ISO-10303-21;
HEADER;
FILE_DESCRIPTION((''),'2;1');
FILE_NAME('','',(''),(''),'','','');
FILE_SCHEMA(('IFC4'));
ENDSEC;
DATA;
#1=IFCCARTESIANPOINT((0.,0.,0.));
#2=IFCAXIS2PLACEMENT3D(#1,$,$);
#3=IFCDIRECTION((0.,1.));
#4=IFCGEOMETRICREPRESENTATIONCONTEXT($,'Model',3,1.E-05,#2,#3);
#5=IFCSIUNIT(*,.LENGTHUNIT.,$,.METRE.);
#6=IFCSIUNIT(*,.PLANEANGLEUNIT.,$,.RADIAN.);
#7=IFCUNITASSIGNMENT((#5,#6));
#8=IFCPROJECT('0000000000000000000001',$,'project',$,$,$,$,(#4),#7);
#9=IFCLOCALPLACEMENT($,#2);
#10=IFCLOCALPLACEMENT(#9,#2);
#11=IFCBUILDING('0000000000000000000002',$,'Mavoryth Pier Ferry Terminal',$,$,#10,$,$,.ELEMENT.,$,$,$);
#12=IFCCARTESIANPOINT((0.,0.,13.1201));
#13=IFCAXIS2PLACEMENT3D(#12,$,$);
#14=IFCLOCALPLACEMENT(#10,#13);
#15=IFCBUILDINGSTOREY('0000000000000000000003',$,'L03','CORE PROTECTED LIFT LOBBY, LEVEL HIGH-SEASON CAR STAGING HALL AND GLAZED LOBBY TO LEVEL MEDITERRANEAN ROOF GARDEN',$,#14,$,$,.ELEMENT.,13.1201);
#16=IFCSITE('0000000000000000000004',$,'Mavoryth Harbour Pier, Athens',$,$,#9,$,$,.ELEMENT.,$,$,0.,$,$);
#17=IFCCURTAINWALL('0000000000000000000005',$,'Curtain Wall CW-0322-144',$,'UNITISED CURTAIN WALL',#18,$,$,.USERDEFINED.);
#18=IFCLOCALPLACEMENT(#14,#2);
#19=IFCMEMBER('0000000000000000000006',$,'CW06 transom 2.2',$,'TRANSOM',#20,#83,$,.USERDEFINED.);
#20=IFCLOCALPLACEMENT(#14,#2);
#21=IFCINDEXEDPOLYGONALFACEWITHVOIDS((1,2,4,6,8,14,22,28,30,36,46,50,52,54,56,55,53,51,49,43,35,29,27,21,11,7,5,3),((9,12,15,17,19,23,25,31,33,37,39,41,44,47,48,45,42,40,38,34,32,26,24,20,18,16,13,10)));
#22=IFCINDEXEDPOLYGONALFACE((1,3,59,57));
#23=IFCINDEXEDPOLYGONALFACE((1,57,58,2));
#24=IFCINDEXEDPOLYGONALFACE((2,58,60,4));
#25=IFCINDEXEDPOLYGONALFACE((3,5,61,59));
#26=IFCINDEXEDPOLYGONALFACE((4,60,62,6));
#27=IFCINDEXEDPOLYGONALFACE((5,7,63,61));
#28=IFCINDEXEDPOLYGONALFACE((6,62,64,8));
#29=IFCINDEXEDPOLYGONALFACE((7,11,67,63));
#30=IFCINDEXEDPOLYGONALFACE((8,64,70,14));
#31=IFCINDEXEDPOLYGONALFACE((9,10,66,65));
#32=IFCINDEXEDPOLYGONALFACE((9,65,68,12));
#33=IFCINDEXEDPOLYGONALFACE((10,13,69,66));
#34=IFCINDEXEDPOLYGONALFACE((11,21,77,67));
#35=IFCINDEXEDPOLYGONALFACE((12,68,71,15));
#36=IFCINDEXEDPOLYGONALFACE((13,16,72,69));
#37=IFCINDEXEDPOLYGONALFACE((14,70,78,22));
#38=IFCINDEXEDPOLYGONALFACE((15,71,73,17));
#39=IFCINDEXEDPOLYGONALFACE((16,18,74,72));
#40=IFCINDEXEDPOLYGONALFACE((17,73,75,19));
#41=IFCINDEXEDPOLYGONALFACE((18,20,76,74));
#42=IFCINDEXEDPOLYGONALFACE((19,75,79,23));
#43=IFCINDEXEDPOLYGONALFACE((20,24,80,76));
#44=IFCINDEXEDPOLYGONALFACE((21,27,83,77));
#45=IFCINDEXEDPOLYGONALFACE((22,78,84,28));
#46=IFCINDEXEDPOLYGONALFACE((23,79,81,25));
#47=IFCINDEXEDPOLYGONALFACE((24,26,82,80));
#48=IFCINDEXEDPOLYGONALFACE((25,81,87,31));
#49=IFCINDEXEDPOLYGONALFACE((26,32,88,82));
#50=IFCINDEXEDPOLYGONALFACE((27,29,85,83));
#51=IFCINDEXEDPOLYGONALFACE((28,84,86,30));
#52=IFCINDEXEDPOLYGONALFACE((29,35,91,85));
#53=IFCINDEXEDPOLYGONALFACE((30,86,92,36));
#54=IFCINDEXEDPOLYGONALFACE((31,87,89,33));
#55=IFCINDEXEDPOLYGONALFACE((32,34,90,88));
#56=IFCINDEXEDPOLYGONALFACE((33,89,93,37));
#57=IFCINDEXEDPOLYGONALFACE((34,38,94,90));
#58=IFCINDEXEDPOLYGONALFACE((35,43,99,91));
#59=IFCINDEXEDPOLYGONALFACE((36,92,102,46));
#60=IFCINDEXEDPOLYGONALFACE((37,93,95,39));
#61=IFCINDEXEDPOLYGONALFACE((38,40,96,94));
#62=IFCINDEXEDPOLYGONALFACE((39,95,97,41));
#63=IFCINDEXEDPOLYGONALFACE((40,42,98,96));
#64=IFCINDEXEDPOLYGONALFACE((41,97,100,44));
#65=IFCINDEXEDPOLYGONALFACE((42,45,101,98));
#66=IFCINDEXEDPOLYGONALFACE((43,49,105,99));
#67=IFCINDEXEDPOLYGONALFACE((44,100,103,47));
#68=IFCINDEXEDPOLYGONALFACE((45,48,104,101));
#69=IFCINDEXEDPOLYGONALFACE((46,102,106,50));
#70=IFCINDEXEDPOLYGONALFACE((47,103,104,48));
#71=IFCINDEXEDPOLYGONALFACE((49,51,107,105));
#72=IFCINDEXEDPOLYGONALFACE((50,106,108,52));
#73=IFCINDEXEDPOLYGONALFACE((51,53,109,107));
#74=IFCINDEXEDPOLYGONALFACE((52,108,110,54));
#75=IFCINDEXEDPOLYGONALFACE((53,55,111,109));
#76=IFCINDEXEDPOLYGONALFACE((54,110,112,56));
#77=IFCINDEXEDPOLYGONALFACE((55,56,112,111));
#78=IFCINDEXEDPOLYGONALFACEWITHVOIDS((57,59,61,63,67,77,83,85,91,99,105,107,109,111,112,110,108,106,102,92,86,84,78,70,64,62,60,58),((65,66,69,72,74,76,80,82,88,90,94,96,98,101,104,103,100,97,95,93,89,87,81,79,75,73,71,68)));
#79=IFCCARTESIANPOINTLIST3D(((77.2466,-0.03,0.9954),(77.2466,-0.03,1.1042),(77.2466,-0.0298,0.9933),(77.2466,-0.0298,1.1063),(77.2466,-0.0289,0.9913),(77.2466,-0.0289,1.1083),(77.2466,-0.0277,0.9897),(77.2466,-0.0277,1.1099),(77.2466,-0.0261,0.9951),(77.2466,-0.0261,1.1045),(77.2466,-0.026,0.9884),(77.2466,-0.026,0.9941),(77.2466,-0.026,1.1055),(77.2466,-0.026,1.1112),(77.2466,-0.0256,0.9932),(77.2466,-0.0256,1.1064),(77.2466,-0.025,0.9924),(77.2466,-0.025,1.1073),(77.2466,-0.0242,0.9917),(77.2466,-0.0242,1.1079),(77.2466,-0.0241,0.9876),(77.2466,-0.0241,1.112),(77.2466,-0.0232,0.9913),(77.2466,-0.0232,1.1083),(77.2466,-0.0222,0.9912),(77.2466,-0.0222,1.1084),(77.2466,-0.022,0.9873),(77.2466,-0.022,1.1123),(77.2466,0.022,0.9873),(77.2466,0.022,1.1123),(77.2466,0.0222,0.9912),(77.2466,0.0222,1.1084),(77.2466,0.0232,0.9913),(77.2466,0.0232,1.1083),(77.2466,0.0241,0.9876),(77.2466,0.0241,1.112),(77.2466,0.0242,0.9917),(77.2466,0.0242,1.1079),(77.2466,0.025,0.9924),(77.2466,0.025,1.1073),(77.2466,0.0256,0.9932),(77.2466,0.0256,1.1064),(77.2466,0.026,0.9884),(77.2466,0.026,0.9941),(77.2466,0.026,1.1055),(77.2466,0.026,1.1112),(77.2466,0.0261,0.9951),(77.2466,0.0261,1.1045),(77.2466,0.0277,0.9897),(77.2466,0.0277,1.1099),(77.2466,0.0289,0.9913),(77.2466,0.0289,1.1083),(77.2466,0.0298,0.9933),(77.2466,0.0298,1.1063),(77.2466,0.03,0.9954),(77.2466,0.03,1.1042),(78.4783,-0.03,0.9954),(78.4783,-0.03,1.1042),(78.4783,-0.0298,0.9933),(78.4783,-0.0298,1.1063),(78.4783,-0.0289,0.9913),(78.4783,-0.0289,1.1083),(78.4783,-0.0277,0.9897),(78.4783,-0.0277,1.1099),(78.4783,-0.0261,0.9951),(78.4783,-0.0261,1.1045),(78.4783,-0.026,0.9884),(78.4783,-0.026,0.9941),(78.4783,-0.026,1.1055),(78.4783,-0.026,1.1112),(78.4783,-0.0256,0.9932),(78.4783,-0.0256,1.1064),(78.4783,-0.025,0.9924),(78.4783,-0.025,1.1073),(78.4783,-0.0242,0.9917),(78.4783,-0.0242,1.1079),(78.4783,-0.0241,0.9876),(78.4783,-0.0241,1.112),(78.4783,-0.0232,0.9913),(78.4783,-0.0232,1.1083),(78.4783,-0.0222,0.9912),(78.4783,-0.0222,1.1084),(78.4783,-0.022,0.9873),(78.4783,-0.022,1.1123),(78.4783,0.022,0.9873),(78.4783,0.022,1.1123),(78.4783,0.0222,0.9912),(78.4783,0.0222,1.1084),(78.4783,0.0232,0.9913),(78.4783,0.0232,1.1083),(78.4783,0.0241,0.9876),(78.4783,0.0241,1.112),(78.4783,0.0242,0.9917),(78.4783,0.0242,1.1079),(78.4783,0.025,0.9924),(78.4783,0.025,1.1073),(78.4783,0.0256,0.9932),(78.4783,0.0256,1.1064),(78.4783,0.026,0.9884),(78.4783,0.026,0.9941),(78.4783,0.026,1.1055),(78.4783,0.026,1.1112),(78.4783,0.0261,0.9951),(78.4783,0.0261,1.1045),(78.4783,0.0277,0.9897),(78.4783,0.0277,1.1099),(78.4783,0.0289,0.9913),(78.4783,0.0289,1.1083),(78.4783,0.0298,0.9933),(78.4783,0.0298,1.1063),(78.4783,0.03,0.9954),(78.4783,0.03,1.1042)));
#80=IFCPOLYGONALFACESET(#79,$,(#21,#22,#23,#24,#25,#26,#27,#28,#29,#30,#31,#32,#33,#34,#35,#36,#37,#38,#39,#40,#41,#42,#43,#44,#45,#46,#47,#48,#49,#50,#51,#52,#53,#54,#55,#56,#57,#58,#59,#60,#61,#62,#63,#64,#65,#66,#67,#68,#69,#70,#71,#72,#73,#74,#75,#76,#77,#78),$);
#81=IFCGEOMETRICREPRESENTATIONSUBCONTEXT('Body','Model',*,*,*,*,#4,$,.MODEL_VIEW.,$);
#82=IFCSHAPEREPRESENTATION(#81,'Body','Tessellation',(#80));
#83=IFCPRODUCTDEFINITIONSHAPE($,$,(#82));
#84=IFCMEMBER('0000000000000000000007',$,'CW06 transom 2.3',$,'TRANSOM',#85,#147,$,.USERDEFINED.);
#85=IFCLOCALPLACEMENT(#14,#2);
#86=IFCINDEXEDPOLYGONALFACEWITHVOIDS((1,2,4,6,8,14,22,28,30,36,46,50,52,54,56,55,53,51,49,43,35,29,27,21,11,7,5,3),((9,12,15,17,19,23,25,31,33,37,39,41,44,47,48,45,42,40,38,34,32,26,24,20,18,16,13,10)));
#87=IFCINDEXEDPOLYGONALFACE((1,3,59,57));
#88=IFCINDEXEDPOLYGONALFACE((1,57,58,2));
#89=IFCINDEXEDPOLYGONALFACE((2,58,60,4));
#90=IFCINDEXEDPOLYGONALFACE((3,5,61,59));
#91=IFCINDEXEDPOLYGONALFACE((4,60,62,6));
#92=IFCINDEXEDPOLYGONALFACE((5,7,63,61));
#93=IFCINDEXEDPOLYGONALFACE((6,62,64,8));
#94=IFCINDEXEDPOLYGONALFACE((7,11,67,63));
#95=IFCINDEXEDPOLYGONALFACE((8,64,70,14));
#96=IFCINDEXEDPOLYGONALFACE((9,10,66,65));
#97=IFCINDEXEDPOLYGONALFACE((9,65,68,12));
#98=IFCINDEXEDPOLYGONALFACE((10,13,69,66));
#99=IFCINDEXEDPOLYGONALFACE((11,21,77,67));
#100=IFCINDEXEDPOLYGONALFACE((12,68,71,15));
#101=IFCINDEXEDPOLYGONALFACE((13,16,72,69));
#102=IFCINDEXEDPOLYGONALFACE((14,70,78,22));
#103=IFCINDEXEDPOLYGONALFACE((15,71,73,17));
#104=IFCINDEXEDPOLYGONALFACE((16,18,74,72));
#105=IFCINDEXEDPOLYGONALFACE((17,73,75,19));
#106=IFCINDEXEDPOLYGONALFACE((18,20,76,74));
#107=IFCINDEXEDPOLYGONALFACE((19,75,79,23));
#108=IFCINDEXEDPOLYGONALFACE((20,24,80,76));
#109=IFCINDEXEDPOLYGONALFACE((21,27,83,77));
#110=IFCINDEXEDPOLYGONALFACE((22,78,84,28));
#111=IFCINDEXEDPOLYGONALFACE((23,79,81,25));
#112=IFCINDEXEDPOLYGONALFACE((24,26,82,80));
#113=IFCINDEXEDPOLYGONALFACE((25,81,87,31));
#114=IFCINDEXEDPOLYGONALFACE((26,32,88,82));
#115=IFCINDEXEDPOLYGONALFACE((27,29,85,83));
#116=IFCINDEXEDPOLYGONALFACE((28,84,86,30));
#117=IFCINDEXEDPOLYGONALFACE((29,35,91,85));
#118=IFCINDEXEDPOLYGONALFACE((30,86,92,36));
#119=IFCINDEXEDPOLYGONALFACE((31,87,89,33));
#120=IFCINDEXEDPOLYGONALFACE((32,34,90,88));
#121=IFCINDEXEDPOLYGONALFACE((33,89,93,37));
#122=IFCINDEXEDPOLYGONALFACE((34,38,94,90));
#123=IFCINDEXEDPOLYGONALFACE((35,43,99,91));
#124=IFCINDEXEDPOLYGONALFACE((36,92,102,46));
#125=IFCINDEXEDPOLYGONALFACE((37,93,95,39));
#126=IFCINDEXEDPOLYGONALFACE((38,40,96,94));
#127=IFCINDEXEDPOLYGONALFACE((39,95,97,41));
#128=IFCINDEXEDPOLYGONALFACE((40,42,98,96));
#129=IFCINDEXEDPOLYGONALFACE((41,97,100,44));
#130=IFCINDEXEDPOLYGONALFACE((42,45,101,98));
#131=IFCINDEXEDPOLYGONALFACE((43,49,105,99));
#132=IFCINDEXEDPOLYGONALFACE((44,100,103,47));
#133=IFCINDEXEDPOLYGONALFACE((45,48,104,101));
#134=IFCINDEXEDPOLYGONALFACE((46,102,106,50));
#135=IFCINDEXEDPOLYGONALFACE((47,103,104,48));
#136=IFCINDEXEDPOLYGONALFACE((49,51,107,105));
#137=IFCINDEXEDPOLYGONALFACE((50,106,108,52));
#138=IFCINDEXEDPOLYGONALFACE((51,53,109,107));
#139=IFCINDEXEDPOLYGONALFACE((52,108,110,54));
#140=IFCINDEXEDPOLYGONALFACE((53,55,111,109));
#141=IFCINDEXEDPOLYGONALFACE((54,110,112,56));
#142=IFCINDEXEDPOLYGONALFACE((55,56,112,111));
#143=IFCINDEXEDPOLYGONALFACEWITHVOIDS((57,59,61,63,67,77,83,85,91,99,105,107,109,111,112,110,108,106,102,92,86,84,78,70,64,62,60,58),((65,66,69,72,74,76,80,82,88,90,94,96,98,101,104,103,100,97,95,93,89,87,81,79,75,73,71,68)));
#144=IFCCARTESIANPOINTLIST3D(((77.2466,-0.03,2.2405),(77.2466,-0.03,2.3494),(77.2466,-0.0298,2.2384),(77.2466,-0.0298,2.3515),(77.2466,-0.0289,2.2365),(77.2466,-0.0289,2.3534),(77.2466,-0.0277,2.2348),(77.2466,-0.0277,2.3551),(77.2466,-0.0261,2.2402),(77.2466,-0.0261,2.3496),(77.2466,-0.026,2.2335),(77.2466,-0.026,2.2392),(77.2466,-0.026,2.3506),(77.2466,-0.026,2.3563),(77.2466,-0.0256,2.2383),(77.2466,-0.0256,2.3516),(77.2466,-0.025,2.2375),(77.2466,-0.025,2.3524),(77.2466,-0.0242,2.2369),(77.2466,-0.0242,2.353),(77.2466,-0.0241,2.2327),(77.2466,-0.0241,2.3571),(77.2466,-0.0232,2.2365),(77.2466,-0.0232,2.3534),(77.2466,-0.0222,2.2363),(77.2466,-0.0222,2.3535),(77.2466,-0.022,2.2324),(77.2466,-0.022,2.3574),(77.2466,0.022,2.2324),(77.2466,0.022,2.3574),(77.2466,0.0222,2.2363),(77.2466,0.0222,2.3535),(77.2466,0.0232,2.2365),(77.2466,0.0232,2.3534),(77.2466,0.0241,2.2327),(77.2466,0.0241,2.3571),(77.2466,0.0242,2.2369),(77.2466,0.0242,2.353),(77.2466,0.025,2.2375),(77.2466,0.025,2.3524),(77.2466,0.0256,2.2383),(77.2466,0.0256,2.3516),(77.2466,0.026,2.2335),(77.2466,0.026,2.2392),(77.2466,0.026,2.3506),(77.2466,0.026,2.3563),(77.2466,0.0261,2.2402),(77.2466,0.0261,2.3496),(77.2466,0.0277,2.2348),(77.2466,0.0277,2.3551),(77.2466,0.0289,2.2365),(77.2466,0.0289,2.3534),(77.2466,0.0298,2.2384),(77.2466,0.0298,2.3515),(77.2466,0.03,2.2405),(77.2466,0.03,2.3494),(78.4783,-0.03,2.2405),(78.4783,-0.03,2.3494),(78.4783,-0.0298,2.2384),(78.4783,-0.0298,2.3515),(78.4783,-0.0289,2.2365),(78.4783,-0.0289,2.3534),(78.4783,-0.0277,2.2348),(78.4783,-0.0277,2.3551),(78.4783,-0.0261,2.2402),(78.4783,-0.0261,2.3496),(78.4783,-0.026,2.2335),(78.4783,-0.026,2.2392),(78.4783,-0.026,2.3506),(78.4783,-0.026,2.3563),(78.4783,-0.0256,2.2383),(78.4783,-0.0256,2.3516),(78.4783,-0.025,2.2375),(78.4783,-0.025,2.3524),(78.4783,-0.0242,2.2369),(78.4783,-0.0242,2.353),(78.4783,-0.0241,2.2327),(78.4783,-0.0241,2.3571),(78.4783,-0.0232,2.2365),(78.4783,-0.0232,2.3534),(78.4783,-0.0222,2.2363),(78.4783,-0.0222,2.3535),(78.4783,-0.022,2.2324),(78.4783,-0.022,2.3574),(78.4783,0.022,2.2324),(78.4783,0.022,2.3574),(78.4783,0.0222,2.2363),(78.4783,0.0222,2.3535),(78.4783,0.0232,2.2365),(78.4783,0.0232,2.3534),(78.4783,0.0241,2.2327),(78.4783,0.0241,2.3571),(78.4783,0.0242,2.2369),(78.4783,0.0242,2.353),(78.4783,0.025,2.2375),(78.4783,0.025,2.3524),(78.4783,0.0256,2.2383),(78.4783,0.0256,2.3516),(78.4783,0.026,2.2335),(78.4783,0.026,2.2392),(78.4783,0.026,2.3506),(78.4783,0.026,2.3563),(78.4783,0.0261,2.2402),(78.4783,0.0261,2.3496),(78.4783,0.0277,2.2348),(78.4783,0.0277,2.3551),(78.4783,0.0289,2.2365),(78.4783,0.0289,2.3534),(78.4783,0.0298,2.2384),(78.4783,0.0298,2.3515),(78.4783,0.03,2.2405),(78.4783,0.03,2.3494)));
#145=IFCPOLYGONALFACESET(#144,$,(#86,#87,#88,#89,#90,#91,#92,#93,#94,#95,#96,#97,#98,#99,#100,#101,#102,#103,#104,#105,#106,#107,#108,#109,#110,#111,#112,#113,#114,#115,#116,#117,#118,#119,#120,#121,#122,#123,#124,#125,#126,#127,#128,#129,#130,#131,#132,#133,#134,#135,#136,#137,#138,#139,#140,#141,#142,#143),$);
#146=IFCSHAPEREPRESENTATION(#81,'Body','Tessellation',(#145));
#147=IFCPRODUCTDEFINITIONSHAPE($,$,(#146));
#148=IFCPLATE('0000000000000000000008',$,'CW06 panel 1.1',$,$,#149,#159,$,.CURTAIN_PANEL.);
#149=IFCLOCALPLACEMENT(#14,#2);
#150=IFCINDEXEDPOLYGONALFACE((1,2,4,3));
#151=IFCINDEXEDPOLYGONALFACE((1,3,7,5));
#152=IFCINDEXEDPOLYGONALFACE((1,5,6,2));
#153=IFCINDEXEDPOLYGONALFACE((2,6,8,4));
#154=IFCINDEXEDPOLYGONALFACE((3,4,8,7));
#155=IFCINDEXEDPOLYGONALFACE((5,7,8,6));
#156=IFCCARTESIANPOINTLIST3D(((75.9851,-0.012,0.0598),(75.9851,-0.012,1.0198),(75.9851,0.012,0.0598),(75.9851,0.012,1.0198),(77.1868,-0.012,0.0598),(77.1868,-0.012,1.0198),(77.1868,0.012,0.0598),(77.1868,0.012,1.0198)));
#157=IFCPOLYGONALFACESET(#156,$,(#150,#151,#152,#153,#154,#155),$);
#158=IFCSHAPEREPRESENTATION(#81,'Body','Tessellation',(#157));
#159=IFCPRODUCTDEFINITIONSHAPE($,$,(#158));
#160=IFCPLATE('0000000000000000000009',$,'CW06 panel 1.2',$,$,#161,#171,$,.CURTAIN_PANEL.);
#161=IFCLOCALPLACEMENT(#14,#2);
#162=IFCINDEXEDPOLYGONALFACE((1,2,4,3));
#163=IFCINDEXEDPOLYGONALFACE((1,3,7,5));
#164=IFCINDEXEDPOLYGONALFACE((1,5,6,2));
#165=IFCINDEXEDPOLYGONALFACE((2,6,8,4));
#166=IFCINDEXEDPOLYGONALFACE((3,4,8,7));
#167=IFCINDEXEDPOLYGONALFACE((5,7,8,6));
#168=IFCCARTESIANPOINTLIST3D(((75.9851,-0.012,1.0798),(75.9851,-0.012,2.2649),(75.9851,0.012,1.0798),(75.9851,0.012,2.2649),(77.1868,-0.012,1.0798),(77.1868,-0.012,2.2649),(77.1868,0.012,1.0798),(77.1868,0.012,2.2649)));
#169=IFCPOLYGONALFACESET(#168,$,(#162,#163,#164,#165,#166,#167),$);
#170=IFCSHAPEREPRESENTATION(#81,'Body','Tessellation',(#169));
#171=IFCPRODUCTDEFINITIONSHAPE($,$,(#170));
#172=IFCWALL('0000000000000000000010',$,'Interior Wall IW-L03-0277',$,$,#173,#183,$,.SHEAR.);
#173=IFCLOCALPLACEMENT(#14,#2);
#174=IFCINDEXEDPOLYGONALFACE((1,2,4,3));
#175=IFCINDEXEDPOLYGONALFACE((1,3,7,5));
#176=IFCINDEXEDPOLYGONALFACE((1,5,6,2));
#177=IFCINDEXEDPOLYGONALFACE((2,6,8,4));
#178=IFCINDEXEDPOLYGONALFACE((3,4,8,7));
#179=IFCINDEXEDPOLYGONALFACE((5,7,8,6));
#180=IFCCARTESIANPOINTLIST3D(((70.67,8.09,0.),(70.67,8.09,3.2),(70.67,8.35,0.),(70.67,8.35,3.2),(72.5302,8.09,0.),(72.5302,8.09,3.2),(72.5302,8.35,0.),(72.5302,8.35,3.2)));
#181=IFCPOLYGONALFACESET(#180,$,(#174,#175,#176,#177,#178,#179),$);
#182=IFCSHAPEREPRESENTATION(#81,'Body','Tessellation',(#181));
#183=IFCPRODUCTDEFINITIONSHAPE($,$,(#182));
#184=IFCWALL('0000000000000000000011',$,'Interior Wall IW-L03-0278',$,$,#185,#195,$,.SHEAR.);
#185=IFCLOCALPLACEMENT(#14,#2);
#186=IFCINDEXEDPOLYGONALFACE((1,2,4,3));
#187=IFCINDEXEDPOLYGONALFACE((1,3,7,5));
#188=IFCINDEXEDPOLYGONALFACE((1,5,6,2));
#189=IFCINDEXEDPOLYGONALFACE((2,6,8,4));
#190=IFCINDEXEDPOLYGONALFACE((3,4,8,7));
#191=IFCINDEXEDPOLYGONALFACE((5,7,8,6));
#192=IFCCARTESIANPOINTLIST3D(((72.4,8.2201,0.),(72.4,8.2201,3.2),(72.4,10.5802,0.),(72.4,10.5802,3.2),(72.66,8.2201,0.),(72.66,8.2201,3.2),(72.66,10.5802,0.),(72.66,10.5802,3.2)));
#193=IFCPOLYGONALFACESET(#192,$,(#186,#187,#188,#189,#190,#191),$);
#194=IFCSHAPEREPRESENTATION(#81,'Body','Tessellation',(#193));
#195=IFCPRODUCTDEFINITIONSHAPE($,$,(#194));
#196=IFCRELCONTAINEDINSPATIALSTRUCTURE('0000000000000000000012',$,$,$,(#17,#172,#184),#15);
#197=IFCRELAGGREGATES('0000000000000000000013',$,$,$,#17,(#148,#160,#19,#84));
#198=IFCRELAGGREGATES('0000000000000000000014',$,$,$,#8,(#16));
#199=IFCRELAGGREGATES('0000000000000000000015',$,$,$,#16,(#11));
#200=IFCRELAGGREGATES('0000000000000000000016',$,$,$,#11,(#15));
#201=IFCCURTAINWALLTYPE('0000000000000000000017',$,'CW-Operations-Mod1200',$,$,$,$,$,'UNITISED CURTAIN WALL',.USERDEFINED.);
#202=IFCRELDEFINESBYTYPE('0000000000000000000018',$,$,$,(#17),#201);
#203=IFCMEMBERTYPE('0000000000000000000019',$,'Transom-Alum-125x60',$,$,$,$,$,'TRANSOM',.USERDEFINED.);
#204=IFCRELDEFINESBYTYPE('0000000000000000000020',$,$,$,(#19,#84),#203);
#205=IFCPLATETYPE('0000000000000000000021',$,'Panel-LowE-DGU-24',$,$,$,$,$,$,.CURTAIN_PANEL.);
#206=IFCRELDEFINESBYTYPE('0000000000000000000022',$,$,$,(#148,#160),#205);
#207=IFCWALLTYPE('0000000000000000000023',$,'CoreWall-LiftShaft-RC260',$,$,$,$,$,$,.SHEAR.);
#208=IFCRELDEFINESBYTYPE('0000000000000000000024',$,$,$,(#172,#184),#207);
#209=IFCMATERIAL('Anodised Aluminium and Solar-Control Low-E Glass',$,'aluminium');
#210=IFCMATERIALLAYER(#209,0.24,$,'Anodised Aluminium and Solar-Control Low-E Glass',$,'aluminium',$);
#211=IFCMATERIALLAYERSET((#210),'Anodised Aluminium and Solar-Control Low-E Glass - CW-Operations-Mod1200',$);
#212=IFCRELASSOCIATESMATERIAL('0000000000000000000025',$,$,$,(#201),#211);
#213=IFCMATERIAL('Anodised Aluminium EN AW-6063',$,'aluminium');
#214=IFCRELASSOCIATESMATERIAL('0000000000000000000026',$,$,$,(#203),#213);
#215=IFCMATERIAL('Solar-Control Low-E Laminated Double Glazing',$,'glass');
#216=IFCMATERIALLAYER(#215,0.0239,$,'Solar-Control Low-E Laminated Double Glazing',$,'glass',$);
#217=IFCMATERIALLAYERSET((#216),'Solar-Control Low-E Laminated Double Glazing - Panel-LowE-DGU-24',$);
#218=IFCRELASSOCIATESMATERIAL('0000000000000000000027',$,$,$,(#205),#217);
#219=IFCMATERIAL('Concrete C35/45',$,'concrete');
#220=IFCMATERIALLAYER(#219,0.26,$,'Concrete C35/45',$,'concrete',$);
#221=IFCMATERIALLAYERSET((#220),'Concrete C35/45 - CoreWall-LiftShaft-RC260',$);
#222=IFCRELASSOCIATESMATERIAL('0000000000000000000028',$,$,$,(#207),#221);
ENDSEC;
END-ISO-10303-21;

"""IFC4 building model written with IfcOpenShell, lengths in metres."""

from ifc_helpers import new_model, si_unit, direction, frame, frame_2d, origin, origin_2d, place, context, subcontext, project, spatial, rectangle, hollow_rectangle, extrude, material, layer, layer_set, material_profile, profile_set, type_object, element, aggregate, save


model = new_model("IFC4")

# Units and contexts
model_context = context("Model", 3, precision=1e-05, world=origin(), true_north=direction((0.0, 1.0)))
body_context = subcontext(model_context, "Body", "Model", "MODEL_VIEW")
ifc_project = project(units=[si_unit("LENGTHUNIT", "METRE"), si_unit("PLANEANGLEUNIT", "RADIAN")], contexts=[model_context])

# Site, building, storey
site_placement = place(None, origin())
site = spatial("IfcSite", under=ifc_project, at=site_placement, Name="Mavoryth Harbour Pier, Athens", CompositionType="ELEMENT", RefElevation=0.0)
building_placement = place(site_placement, origin())
building = spatial("IfcBuilding", under=site, at=building_placement, Name="Mavoryth Pier Ferry Terminal", CompositionType="ELEMENT")
storey_placement = place(building_placement, frame((0.0, 0.0, 13.1201)))
storey = spatial("IfcBuildingStorey", under=building, at=storey_placement, Name="L03", Description="CORE PROTECTED LIFT LOBBY, LEVEL HIGH-SEASON CAR STAGING HALL AND GLAZED LOBBY TO LEVEL MEDITERRANEAN ROOF GARDEN", CompositionType="ELEMENT", Elevation=13.1201)

# Shared definitions
ifc_material_1 = material(Name="Concrete C35/45", Category="concrete")

# Curtain wall
ifc_material_2 = material(Name="Anodised Aluminium and Solar-Control Low-E Glass", Category="aluminium")
ifc_layer_1 = layer(ifc_material_2, 0.24, Name="Anodised Aluminium and Solar-Control Low-E Glass", Category="aluminium")
ifc_layer_set_1 = layer_set([ifc_layer_1], Name="Anodised Aluminium and Solar-Control Low-E Glass - CW-Operations-Mod1200")
curtain_wall_type = type_object("IfcCurtainWallType", Name="CW-Operations-Mod1200", ElementType="UNITISED CURTAIN WALL", PredefinedType="USERDEFINED", material=ifc_layer_set_1)
curtain_wall_placement = place(storey_placement, origin())
curtain_wall = element("IfcCurtainWall", 1, at=curtain_wall_placement, inside=storey, type_object=curtain_wall_type, Name="Curtain Wall CW-0322-144", ObjectType="UNITISED CURTAIN WALL", PredefinedType="USERDEFINED")
ifc_material_3 = material(Name="Anodised Aluminium EN AW-6063", Category="aluminium")

# Members
ifc_material_profile_1 = material_profile(ifc_material_3, hollow_rectangle(XDim=0.0601, YDim=0.125, WallThickness=0.0039, InnerFilletRadius=0.0039, OuterFilletRadius=0.0081, at=origin_2d()), Name="AL-TRAN 125x60x4", Category="aluminium")
ifc_profile_set_1 = profile_set([ifc_material_profile_1], Name="Anodised Aluminium EN AW-6063 - AL-TRAN 125x60x4")
member_type_1 = type_object("IfcMemberType", Name="Transom-Alum-125x60", ElementType="TRANSOM", PredefinedType="USERDEFINED", material=ifc_profile_set_1)
member_1_placement = place(storey_placement, frame((77.2466, 0.0, 1.0498), z_axis=(1.0, 0.0, 0.0), x_axis=(0.0, 1.0, 0.0)))
member_1 = element("IfcMember", 2, at=member_1_placement, type_object=member_type_1, Name="CW06 transom 2.2", ObjectType="TRANSOM", PredefinedType="USERDEFINED", context=body_context, shape_type="SweptSolid", body=[
    extrude(hollow_rectangle(XDim=0.0601, YDim=0.125, WallThickness=0.0039, InnerFilletRadius=0.0039, OuterFilletRadius=0.0081, at=origin_2d()), origin(), (0.0, 0.0, 1.0), 1.2317),
])
member_2_placement = place(storey_placement, frame((77.2466, 0.0, 2.2949), z_axis=(1.0, 0.0, 0.0), x_axis=(0.0, 1.0, 0.0)))
member_2 = element("IfcMember", 3, at=member_2_placement, type_object=member_type_1, Name="CW06 transom 2.3", ObjectType="TRANSOM", PredefinedType="USERDEFINED", context=body_context, shape_type="SweptSolid", body=[
    extrude(hollow_rectangle(XDim=0.0601, YDim=0.125, WallThickness=0.0039, InnerFilletRadius=0.0039, OuterFilletRadius=0.0081, at=origin_2d()), origin(), (0.0, 0.0, 1.0), 1.2317),
])

# Plates
ifc_material_4 = material(Name="Solar-Control Low-E Laminated Double Glazing", Category="glass")
ifc_layer_2 = layer(ifc_material_4, 0.0239, Name="Solar-Control Low-E Laminated Double Glazing", Category="glass")
ifc_layer_set_2 = layer_set([ifc_layer_2], Name="Solar-Control Low-E Laminated Double Glazing - Panel-LowE-DGU-24")
plate_type = type_object("IfcPlateType", Name="Panel-LowE-DGU-24", PredefinedType="CURTAIN_PANEL", material=ifc_layer_set_2)
plate_1_placement = place(storey_placement, frame((76.5859, 0.0, 0.0598), z_axis=(0.0, 0.0, 1.0), x_axis=(1.0, 0.0, 0.0)))
plate_1 = element("IfcPlate", 4, at=plate_1_placement, type_object=plate_type, Name="CW06 panel 1.1", PredefinedType="CURTAIN_PANEL", context=body_context, shape_type="SweptSolid", body=[
    extrude(rectangle(XDim=1.2017, YDim=0.0239, at=origin_2d()), origin(), (0.0, 0.0, 1.0), 0.96),
])
plate_2_placement = place(storey_placement, frame((76.5859, 0.0, 1.0798), z_axis=(0.0, 0.0, 1.0), x_axis=(1.0, 0.0, 0.0)))
plate_2 = element("IfcPlate", 5, at=plate_2_placement, type_object=plate_type, Name="CW06 panel 1.2", PredefinedType="CURTAIN_PANEL", context=body_context, shape_type="SweptSolid", body=[
    extrude(rectangle(XDim=1.2017, YDim=0.0239, at=origin_2d()), origin(), (0.0, 0.0, 1.0), 1.1851),
])
aggregate(curtain_wall, [plate_1, plate_2, member_1, member_2])

# Walls
ifc_layer_3 = layer(ifc_material_1, 0.26, Name="Concrete C35/45", Category="concrete")
ifc_layer_set_3 = layer_set([ifc_layer_3], Name="Concrete C35/45 - CoreWall-LiftShaft-RC260")
wall_type_1 = type_object("IfcWallType", Name="CoreWall-LiftShaft-RC260", PredefinedType="SHEAR", material=ifc_layer_set_3)
wall_1_placement = place(storey_placement, frame((70.6699, 8.22, 0.0), z_axis=(0.0, 0.0, 1.0), x_axis=(1.0, 0.0, 0.0)))
element("IfcWall", 6, at=wall_1_placement, inside=storey, type_object=wall_type_1, Name="Interior Wall IW-L03-0277", PredefinedType="SHEAR", context=body_context, shape_type="SweptSolid", body=[
    extrude(rectangle(XDim=1.8601, YDim=0.26, at=frame_2d((0.9302, 0.0))), origin(), (0.0, 0.0, 1.0), 3.2),
])
for number, where, z_axis, x_axis, name in (
    (7, (72.53, 8.22, 0.0), (0.0, 0.0, 1.0), (0.0, 1.0, 0.0), "Interior Wall IW-L03-0278"),
):
    element("IfcWall", number, at=place(storey_placement, frame(where, z_axis=z_axis, x_axis=x_axis)), inside=storey, type_object=wall_type_1, Name=name, PredefinedType="SHEAR", context=body_context, shape_type="SweptSolid", body=[
        extrude(rectangle(XDim=2.3601, YDim=0.26, at=frame_2d((1.1802, 0.0))), origin(), (0.0, 0.0, 1.0), 3.2),
    ])

save(model, "model.ifc")
